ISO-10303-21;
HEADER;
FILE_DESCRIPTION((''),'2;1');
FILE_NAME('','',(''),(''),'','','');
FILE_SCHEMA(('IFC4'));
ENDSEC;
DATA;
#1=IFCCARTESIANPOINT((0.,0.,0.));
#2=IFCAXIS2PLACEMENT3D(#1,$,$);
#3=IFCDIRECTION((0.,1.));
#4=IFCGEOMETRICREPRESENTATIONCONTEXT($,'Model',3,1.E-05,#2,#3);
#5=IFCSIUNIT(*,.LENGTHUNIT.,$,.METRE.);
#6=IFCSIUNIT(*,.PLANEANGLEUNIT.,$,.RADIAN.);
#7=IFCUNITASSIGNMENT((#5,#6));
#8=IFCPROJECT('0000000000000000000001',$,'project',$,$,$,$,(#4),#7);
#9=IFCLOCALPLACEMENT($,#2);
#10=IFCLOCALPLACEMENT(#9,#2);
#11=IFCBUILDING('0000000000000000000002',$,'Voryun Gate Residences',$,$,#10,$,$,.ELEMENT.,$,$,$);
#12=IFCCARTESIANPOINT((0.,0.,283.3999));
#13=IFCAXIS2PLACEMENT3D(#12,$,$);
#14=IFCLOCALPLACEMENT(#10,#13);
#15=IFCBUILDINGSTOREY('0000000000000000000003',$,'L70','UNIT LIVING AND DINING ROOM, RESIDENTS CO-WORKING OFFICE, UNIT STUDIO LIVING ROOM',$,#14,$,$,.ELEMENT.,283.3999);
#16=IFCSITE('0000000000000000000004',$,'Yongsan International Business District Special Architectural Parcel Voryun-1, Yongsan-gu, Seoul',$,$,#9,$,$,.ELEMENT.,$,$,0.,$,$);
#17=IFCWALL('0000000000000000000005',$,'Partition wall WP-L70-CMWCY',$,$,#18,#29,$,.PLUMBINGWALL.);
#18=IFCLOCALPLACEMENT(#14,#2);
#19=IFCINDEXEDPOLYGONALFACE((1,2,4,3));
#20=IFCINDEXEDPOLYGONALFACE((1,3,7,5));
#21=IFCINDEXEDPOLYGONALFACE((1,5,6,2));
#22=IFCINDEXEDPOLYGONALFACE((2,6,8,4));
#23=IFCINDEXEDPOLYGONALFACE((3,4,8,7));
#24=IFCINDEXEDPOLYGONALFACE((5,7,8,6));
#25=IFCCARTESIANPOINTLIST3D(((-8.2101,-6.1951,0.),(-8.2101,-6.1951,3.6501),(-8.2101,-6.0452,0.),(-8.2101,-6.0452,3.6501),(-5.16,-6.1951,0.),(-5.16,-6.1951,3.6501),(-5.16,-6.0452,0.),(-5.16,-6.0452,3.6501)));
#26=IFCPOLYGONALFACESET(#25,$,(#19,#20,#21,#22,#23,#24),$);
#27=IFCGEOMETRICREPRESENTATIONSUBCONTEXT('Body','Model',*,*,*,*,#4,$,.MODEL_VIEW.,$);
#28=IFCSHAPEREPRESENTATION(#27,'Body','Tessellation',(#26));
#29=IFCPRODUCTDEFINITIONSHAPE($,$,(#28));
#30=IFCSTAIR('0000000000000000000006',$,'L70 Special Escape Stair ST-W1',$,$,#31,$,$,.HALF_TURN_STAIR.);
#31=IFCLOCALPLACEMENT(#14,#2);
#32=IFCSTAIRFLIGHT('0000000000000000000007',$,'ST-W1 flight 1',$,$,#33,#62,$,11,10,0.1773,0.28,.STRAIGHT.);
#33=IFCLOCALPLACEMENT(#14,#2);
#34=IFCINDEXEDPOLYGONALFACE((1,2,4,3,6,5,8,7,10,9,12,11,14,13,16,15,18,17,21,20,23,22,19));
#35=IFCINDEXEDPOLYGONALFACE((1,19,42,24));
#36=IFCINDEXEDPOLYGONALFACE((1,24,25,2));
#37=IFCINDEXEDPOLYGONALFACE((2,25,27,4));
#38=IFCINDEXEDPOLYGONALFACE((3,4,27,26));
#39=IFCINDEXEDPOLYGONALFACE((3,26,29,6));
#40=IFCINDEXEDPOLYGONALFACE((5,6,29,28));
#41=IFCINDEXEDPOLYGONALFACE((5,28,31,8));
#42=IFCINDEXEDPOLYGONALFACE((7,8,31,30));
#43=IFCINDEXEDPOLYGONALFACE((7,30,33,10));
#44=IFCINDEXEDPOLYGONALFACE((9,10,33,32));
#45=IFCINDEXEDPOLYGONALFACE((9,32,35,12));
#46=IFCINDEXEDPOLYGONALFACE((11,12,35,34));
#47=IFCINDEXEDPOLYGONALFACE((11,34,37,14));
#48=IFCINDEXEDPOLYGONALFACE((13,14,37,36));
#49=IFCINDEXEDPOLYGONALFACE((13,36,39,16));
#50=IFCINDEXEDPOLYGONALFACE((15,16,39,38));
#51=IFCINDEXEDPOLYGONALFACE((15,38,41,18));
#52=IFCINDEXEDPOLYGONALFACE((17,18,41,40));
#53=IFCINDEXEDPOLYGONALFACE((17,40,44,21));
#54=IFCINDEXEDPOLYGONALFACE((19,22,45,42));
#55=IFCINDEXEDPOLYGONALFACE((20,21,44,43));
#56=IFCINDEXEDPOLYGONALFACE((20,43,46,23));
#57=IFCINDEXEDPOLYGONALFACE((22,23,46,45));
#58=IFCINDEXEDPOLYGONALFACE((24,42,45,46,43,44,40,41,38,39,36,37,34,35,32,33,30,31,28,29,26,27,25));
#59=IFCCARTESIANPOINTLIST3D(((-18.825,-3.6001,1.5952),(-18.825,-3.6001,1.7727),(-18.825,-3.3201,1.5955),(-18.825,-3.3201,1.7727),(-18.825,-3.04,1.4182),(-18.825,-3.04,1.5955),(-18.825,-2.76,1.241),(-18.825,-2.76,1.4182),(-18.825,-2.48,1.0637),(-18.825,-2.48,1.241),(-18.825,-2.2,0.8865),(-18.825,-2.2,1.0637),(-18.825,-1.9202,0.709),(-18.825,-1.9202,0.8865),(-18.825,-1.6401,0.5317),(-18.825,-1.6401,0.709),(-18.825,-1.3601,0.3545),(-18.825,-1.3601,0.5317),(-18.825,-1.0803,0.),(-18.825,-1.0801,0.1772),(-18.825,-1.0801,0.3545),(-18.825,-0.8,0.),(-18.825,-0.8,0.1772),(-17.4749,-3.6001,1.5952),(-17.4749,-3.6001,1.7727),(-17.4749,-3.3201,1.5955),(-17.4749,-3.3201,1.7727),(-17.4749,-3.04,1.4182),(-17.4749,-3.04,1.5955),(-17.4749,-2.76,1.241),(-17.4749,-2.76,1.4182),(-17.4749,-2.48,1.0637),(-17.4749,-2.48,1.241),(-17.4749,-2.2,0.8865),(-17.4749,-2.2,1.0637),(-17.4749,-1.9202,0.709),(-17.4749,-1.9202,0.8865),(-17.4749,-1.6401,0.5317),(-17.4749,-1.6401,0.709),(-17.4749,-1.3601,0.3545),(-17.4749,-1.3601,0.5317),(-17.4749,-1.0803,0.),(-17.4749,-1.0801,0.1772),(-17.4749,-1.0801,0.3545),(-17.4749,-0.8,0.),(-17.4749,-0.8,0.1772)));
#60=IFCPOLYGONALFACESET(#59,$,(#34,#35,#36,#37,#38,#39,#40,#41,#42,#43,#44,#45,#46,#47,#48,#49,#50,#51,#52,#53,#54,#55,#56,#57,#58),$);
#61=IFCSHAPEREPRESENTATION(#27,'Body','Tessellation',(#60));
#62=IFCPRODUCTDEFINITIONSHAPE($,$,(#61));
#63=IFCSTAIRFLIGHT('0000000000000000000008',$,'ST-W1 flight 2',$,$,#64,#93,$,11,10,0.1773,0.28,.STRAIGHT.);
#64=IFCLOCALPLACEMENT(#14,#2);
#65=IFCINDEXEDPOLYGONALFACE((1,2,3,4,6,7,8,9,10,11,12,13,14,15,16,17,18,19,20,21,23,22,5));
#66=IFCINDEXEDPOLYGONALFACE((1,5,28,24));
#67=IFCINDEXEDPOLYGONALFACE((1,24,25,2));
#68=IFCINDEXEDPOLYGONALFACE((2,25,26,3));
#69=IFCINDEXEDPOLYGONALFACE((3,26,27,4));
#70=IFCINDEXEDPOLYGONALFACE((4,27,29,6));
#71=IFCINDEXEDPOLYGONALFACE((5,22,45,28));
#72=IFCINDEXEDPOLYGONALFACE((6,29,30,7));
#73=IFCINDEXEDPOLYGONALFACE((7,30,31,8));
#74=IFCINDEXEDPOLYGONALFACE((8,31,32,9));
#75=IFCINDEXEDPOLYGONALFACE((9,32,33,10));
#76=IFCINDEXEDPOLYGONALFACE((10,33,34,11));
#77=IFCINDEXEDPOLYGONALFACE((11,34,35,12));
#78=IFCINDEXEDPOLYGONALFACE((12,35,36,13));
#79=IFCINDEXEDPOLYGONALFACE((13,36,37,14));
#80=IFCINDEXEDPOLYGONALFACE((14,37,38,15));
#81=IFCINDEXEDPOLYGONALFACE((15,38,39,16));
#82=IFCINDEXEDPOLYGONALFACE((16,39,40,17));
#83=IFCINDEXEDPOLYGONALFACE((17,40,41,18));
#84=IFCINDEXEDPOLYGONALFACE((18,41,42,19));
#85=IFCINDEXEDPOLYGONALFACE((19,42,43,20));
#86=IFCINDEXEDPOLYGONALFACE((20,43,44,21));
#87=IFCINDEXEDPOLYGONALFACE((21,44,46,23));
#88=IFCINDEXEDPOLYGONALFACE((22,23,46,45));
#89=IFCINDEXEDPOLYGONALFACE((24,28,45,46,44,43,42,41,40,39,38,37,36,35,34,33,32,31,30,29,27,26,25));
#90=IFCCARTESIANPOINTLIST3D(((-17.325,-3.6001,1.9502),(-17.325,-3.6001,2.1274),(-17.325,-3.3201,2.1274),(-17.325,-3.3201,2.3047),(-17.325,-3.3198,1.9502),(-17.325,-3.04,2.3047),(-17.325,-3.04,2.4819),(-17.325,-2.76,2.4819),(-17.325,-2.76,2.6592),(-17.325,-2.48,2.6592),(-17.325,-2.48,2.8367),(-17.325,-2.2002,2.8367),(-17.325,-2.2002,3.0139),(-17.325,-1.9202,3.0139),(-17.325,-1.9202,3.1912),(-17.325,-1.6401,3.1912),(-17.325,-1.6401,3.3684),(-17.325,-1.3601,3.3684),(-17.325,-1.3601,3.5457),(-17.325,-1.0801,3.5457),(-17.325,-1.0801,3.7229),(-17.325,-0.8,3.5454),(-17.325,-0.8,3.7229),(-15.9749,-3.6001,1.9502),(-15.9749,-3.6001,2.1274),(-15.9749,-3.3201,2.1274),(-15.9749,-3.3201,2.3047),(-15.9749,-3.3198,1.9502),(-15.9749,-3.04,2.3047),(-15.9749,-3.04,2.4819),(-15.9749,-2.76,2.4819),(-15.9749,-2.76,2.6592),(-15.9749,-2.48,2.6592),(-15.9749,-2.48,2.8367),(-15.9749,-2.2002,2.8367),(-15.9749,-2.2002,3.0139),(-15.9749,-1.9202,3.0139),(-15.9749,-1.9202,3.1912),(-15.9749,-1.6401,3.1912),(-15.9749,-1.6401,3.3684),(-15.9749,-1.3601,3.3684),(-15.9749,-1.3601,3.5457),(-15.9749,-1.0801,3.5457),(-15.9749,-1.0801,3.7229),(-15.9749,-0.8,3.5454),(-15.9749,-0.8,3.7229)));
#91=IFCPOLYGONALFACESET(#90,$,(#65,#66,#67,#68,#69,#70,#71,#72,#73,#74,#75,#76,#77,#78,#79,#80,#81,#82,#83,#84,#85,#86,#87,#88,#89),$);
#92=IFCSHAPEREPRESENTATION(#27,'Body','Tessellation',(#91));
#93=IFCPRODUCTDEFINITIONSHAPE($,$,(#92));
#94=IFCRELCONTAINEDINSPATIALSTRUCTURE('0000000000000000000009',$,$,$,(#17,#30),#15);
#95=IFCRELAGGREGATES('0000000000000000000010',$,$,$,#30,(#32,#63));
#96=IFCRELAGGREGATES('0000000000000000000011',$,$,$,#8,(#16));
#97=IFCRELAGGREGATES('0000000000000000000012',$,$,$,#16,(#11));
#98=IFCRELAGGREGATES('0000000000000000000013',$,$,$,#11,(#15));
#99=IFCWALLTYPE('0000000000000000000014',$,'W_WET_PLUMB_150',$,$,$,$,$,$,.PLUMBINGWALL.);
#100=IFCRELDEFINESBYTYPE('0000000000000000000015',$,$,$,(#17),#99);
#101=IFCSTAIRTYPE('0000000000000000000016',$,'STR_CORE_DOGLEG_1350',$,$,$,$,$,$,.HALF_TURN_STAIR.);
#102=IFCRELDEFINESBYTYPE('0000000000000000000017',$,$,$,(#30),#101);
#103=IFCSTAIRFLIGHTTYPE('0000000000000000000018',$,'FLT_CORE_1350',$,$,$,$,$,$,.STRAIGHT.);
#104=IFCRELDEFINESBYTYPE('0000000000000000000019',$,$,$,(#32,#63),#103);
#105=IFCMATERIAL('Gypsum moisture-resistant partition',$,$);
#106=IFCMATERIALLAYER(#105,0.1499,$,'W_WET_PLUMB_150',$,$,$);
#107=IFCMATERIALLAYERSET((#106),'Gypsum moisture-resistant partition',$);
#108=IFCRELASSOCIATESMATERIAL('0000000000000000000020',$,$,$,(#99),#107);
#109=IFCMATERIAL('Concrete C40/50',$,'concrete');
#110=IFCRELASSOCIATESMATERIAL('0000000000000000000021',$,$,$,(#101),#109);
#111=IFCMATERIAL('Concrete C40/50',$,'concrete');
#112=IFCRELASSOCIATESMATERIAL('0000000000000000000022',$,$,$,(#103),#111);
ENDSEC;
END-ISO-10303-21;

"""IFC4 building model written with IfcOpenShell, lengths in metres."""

from ifc_helpers import new_model, si_unit, direction, frame, frame_2d, origin, place, context, subcontext, project, spatial, polyline, rectangle, outline, extrude, material, layer, layer_set, type_object, element, aggregate, save


model = new_model("IFC4")

# Units and contexts
model_context = context("Model", 3, precision=1e-05, world=origin(), true_north=direction((0.0, 1.0)))
body_context = subcontext(model_context, "Body", "Model", "MODEL_VIEW")
ifc_project = project(units=[si_unit("LENGTHUNIT", "METRE"), si_unit("PLANEANGLEUNIT", "RADIAN")], contexts=[model_context])

# Site, building, storey
site_placement = place(None, origin())
site = spatial("IfcSite", under=ifc_project, at=site_placement, Name="Yongsan International Business District Special Architectural Parcel Voryun-1, Yongsan-gu, Seoul", CompositionType="ELEMENT", RefElevation=0.0)
building_placement = place(site_placement, origin())
building = spatial("IfcBuilding", under=site, at=building_placement, Name="Voryun Gate Residences", CompositionType="ELEMENT")
storey_placement = place(building_placement, frame((0.0, 0.0, 283.3999)))
storey = spatial("IfcBuildingStorey", under=building, at=storey_placement, Name="L70", Description="UNIT LIVING AND DINING ROOM, RESIDENTS CO-WORKING OFFICE, UNIT STUDIO LIVING ROOM", CompositionType="ELEMENT", Elevation=283.3999)

# Wall
ifc_material_1 = material(Name="Gypsum moisture-resistant partition")
ifc_layer_1 = layer(ifc_material_1, 0.1499, Name="W_WET_PLUMB_150")
ifc_layer_set_1 = layer_set([ifc_layer_1], Name="Gypsum moisture-resistant partition")
wall_type_1 = type_object("IfcWallType", Name="W_WET_PLUMB_150", PredefinedType="PLUMBINGWALL", material=ifc_layer_set_1)
wall_1_placement = place(storey_placement, frame((-8.21, -6.1201, 0.0), z_axis=(0.0, 0.0, 1.0), x_axis=(1.0, 0.0, 0.0)))
element("IfcWall", 1, at=wall_1_placement, inside=storey, type_object=wall_type_1, Name="Partition wall WP-L70-CMWCY", PredefinedType="PLUMBINGWALL", context=body_context, shape_type="SweptSolid", body=[
    extrude(rectangle(XDim=3.05, YDim=0.1499, at=frame_2d((1.5249, 0.0))), origin(), (0.0, 0.0, 1.0), 3.6501),
])

# Stair, stair flights
ifc_material_2 = material(Name="Concrete C40/50", Category="concrete")
stair_type = type_object("IfcStairType", Name="STR_CORE_DOGLEG_1350", PredefinedType="HALF_TURN_STAIR", material=ifc_material_2)
stair_placement = place(storey_placement, origin())
stair = element("IfcStair", 2, at=stair_placement, inside=storey, type_object=stair_type, Name="L70 Special Escape Stair ST-W1", PredefinedType="HALF_TURN_STAIR")
ifc_material_3 = material(Name="Concrete C40/50", Category="concrete")
stair_flight_type = type_object("IfcStairFlightType", Name="FLT_CORE_1350", PredefinedType="STRAIGHT", material=ifc_material_3)
stair_flight_1_placement = place(storey_placement, frame((-18.1499, -0.8, 0.0), z_axis=(0.0, 0.0, 1.0), x_axis=(0.0, -1.0, 0.0)))
stair_flight_1 = element("IfcStairFlight", 3, at=stair_flight_1_placement, type_object=stair_flight_type, Name="ST-W1 flight 1", NumberOfRisers=11, NumberOfTreads=10, PredefinedType="STRAIGHT", RiserHeight=0.1773, TreadLength=0.28, context=body_context, shape_type="SweptSolid", body=[
    extrude(outline(polyline([(0.0, 0.0), (0.0, 0.1772), (0.28, 0.1772), (0.28, 0.3545), (0.5601, 0.3545), (0.5601, 0.5317), (0.8401, 0.5317), (0.8401, 0.709), (1.1201, 0.709), (1.1201, 0.8865), (1.3999, 0.8865), (1.3999, 1.0637), (1.6799, 1.0637), (1.6799, 1.241), (1.96, 1.241), (1.96, 1.4182), (2.24, 1.4182), (2.24, 1.5955), (2.52, 1.5955), (2.52, 1.7727), (2.8, 1.7727), (2.8, 1.95), (2.8, 1.5952), (0.2803, 0.0), (0.0, 0.0)])), frame((0.0, 0.675, 0.0), z_axis=(0.0, -1.0, 0.0), x_axis=(1.0, 0.0, 0.0)), (0.0, 0.0, 1.0), 1.3501),
])
stair_flight_2_placement = place(storey_placement, frame((-16.6499, -3.6001, 1.9502), z_axis=(0.0, 0.0, 1.0), x_axis=(0.0, 1.0, 0.0)))
stair_flight_2 = element("IfcStairFlight", 4, at=stair_flight_2_placement, type_object=stair_flight_type, Name="ST-W1 flight 2", NumberOfRisers=11, NumberOfTreads=10, PredefinedType="STRAIGHT", RiserHeight=0.1773, TreadLength=0.28, context=body_context, shape_type="SweptSolid", body=[
    extrude(outline(polyline([(0.0, 0.0), (0.0, 0.1772), (0.28, 0.1772), (0.28, 0.3545), (0.5601, 0.3545), (0.5601, 0.5317), (0.8401, 0.5317), (0.8401, 0.709), (1.1201, 0.709), (1.1201, 0.8865), (1.3999, 0.8865), (1.3999, 1.0637), (1.6799, 1.0637), (1.6799, 1.241), (1.96, 1.241), (1.96, 1.4182), (2.24, 1.4182), (2.24, 1.5955), (2.52, 1.5955), (2.52, 1.7727), (2.8, 1.7727), (2.8, 1.95), (2.8, 1.5952), (0.2803, 0.0), (0.0, 0.0)])), frame((0.0, 0.675, 0.0), z_axis=(0.0, -1.0, 0.0), x_axis=(1.0, 0.0, 0.0)), (0.0, 0.0, 1.0), 1.3501),
])
aggregate(stair, [stair_flight_1, stair_flight_2])

save(model, "model.ifc")
